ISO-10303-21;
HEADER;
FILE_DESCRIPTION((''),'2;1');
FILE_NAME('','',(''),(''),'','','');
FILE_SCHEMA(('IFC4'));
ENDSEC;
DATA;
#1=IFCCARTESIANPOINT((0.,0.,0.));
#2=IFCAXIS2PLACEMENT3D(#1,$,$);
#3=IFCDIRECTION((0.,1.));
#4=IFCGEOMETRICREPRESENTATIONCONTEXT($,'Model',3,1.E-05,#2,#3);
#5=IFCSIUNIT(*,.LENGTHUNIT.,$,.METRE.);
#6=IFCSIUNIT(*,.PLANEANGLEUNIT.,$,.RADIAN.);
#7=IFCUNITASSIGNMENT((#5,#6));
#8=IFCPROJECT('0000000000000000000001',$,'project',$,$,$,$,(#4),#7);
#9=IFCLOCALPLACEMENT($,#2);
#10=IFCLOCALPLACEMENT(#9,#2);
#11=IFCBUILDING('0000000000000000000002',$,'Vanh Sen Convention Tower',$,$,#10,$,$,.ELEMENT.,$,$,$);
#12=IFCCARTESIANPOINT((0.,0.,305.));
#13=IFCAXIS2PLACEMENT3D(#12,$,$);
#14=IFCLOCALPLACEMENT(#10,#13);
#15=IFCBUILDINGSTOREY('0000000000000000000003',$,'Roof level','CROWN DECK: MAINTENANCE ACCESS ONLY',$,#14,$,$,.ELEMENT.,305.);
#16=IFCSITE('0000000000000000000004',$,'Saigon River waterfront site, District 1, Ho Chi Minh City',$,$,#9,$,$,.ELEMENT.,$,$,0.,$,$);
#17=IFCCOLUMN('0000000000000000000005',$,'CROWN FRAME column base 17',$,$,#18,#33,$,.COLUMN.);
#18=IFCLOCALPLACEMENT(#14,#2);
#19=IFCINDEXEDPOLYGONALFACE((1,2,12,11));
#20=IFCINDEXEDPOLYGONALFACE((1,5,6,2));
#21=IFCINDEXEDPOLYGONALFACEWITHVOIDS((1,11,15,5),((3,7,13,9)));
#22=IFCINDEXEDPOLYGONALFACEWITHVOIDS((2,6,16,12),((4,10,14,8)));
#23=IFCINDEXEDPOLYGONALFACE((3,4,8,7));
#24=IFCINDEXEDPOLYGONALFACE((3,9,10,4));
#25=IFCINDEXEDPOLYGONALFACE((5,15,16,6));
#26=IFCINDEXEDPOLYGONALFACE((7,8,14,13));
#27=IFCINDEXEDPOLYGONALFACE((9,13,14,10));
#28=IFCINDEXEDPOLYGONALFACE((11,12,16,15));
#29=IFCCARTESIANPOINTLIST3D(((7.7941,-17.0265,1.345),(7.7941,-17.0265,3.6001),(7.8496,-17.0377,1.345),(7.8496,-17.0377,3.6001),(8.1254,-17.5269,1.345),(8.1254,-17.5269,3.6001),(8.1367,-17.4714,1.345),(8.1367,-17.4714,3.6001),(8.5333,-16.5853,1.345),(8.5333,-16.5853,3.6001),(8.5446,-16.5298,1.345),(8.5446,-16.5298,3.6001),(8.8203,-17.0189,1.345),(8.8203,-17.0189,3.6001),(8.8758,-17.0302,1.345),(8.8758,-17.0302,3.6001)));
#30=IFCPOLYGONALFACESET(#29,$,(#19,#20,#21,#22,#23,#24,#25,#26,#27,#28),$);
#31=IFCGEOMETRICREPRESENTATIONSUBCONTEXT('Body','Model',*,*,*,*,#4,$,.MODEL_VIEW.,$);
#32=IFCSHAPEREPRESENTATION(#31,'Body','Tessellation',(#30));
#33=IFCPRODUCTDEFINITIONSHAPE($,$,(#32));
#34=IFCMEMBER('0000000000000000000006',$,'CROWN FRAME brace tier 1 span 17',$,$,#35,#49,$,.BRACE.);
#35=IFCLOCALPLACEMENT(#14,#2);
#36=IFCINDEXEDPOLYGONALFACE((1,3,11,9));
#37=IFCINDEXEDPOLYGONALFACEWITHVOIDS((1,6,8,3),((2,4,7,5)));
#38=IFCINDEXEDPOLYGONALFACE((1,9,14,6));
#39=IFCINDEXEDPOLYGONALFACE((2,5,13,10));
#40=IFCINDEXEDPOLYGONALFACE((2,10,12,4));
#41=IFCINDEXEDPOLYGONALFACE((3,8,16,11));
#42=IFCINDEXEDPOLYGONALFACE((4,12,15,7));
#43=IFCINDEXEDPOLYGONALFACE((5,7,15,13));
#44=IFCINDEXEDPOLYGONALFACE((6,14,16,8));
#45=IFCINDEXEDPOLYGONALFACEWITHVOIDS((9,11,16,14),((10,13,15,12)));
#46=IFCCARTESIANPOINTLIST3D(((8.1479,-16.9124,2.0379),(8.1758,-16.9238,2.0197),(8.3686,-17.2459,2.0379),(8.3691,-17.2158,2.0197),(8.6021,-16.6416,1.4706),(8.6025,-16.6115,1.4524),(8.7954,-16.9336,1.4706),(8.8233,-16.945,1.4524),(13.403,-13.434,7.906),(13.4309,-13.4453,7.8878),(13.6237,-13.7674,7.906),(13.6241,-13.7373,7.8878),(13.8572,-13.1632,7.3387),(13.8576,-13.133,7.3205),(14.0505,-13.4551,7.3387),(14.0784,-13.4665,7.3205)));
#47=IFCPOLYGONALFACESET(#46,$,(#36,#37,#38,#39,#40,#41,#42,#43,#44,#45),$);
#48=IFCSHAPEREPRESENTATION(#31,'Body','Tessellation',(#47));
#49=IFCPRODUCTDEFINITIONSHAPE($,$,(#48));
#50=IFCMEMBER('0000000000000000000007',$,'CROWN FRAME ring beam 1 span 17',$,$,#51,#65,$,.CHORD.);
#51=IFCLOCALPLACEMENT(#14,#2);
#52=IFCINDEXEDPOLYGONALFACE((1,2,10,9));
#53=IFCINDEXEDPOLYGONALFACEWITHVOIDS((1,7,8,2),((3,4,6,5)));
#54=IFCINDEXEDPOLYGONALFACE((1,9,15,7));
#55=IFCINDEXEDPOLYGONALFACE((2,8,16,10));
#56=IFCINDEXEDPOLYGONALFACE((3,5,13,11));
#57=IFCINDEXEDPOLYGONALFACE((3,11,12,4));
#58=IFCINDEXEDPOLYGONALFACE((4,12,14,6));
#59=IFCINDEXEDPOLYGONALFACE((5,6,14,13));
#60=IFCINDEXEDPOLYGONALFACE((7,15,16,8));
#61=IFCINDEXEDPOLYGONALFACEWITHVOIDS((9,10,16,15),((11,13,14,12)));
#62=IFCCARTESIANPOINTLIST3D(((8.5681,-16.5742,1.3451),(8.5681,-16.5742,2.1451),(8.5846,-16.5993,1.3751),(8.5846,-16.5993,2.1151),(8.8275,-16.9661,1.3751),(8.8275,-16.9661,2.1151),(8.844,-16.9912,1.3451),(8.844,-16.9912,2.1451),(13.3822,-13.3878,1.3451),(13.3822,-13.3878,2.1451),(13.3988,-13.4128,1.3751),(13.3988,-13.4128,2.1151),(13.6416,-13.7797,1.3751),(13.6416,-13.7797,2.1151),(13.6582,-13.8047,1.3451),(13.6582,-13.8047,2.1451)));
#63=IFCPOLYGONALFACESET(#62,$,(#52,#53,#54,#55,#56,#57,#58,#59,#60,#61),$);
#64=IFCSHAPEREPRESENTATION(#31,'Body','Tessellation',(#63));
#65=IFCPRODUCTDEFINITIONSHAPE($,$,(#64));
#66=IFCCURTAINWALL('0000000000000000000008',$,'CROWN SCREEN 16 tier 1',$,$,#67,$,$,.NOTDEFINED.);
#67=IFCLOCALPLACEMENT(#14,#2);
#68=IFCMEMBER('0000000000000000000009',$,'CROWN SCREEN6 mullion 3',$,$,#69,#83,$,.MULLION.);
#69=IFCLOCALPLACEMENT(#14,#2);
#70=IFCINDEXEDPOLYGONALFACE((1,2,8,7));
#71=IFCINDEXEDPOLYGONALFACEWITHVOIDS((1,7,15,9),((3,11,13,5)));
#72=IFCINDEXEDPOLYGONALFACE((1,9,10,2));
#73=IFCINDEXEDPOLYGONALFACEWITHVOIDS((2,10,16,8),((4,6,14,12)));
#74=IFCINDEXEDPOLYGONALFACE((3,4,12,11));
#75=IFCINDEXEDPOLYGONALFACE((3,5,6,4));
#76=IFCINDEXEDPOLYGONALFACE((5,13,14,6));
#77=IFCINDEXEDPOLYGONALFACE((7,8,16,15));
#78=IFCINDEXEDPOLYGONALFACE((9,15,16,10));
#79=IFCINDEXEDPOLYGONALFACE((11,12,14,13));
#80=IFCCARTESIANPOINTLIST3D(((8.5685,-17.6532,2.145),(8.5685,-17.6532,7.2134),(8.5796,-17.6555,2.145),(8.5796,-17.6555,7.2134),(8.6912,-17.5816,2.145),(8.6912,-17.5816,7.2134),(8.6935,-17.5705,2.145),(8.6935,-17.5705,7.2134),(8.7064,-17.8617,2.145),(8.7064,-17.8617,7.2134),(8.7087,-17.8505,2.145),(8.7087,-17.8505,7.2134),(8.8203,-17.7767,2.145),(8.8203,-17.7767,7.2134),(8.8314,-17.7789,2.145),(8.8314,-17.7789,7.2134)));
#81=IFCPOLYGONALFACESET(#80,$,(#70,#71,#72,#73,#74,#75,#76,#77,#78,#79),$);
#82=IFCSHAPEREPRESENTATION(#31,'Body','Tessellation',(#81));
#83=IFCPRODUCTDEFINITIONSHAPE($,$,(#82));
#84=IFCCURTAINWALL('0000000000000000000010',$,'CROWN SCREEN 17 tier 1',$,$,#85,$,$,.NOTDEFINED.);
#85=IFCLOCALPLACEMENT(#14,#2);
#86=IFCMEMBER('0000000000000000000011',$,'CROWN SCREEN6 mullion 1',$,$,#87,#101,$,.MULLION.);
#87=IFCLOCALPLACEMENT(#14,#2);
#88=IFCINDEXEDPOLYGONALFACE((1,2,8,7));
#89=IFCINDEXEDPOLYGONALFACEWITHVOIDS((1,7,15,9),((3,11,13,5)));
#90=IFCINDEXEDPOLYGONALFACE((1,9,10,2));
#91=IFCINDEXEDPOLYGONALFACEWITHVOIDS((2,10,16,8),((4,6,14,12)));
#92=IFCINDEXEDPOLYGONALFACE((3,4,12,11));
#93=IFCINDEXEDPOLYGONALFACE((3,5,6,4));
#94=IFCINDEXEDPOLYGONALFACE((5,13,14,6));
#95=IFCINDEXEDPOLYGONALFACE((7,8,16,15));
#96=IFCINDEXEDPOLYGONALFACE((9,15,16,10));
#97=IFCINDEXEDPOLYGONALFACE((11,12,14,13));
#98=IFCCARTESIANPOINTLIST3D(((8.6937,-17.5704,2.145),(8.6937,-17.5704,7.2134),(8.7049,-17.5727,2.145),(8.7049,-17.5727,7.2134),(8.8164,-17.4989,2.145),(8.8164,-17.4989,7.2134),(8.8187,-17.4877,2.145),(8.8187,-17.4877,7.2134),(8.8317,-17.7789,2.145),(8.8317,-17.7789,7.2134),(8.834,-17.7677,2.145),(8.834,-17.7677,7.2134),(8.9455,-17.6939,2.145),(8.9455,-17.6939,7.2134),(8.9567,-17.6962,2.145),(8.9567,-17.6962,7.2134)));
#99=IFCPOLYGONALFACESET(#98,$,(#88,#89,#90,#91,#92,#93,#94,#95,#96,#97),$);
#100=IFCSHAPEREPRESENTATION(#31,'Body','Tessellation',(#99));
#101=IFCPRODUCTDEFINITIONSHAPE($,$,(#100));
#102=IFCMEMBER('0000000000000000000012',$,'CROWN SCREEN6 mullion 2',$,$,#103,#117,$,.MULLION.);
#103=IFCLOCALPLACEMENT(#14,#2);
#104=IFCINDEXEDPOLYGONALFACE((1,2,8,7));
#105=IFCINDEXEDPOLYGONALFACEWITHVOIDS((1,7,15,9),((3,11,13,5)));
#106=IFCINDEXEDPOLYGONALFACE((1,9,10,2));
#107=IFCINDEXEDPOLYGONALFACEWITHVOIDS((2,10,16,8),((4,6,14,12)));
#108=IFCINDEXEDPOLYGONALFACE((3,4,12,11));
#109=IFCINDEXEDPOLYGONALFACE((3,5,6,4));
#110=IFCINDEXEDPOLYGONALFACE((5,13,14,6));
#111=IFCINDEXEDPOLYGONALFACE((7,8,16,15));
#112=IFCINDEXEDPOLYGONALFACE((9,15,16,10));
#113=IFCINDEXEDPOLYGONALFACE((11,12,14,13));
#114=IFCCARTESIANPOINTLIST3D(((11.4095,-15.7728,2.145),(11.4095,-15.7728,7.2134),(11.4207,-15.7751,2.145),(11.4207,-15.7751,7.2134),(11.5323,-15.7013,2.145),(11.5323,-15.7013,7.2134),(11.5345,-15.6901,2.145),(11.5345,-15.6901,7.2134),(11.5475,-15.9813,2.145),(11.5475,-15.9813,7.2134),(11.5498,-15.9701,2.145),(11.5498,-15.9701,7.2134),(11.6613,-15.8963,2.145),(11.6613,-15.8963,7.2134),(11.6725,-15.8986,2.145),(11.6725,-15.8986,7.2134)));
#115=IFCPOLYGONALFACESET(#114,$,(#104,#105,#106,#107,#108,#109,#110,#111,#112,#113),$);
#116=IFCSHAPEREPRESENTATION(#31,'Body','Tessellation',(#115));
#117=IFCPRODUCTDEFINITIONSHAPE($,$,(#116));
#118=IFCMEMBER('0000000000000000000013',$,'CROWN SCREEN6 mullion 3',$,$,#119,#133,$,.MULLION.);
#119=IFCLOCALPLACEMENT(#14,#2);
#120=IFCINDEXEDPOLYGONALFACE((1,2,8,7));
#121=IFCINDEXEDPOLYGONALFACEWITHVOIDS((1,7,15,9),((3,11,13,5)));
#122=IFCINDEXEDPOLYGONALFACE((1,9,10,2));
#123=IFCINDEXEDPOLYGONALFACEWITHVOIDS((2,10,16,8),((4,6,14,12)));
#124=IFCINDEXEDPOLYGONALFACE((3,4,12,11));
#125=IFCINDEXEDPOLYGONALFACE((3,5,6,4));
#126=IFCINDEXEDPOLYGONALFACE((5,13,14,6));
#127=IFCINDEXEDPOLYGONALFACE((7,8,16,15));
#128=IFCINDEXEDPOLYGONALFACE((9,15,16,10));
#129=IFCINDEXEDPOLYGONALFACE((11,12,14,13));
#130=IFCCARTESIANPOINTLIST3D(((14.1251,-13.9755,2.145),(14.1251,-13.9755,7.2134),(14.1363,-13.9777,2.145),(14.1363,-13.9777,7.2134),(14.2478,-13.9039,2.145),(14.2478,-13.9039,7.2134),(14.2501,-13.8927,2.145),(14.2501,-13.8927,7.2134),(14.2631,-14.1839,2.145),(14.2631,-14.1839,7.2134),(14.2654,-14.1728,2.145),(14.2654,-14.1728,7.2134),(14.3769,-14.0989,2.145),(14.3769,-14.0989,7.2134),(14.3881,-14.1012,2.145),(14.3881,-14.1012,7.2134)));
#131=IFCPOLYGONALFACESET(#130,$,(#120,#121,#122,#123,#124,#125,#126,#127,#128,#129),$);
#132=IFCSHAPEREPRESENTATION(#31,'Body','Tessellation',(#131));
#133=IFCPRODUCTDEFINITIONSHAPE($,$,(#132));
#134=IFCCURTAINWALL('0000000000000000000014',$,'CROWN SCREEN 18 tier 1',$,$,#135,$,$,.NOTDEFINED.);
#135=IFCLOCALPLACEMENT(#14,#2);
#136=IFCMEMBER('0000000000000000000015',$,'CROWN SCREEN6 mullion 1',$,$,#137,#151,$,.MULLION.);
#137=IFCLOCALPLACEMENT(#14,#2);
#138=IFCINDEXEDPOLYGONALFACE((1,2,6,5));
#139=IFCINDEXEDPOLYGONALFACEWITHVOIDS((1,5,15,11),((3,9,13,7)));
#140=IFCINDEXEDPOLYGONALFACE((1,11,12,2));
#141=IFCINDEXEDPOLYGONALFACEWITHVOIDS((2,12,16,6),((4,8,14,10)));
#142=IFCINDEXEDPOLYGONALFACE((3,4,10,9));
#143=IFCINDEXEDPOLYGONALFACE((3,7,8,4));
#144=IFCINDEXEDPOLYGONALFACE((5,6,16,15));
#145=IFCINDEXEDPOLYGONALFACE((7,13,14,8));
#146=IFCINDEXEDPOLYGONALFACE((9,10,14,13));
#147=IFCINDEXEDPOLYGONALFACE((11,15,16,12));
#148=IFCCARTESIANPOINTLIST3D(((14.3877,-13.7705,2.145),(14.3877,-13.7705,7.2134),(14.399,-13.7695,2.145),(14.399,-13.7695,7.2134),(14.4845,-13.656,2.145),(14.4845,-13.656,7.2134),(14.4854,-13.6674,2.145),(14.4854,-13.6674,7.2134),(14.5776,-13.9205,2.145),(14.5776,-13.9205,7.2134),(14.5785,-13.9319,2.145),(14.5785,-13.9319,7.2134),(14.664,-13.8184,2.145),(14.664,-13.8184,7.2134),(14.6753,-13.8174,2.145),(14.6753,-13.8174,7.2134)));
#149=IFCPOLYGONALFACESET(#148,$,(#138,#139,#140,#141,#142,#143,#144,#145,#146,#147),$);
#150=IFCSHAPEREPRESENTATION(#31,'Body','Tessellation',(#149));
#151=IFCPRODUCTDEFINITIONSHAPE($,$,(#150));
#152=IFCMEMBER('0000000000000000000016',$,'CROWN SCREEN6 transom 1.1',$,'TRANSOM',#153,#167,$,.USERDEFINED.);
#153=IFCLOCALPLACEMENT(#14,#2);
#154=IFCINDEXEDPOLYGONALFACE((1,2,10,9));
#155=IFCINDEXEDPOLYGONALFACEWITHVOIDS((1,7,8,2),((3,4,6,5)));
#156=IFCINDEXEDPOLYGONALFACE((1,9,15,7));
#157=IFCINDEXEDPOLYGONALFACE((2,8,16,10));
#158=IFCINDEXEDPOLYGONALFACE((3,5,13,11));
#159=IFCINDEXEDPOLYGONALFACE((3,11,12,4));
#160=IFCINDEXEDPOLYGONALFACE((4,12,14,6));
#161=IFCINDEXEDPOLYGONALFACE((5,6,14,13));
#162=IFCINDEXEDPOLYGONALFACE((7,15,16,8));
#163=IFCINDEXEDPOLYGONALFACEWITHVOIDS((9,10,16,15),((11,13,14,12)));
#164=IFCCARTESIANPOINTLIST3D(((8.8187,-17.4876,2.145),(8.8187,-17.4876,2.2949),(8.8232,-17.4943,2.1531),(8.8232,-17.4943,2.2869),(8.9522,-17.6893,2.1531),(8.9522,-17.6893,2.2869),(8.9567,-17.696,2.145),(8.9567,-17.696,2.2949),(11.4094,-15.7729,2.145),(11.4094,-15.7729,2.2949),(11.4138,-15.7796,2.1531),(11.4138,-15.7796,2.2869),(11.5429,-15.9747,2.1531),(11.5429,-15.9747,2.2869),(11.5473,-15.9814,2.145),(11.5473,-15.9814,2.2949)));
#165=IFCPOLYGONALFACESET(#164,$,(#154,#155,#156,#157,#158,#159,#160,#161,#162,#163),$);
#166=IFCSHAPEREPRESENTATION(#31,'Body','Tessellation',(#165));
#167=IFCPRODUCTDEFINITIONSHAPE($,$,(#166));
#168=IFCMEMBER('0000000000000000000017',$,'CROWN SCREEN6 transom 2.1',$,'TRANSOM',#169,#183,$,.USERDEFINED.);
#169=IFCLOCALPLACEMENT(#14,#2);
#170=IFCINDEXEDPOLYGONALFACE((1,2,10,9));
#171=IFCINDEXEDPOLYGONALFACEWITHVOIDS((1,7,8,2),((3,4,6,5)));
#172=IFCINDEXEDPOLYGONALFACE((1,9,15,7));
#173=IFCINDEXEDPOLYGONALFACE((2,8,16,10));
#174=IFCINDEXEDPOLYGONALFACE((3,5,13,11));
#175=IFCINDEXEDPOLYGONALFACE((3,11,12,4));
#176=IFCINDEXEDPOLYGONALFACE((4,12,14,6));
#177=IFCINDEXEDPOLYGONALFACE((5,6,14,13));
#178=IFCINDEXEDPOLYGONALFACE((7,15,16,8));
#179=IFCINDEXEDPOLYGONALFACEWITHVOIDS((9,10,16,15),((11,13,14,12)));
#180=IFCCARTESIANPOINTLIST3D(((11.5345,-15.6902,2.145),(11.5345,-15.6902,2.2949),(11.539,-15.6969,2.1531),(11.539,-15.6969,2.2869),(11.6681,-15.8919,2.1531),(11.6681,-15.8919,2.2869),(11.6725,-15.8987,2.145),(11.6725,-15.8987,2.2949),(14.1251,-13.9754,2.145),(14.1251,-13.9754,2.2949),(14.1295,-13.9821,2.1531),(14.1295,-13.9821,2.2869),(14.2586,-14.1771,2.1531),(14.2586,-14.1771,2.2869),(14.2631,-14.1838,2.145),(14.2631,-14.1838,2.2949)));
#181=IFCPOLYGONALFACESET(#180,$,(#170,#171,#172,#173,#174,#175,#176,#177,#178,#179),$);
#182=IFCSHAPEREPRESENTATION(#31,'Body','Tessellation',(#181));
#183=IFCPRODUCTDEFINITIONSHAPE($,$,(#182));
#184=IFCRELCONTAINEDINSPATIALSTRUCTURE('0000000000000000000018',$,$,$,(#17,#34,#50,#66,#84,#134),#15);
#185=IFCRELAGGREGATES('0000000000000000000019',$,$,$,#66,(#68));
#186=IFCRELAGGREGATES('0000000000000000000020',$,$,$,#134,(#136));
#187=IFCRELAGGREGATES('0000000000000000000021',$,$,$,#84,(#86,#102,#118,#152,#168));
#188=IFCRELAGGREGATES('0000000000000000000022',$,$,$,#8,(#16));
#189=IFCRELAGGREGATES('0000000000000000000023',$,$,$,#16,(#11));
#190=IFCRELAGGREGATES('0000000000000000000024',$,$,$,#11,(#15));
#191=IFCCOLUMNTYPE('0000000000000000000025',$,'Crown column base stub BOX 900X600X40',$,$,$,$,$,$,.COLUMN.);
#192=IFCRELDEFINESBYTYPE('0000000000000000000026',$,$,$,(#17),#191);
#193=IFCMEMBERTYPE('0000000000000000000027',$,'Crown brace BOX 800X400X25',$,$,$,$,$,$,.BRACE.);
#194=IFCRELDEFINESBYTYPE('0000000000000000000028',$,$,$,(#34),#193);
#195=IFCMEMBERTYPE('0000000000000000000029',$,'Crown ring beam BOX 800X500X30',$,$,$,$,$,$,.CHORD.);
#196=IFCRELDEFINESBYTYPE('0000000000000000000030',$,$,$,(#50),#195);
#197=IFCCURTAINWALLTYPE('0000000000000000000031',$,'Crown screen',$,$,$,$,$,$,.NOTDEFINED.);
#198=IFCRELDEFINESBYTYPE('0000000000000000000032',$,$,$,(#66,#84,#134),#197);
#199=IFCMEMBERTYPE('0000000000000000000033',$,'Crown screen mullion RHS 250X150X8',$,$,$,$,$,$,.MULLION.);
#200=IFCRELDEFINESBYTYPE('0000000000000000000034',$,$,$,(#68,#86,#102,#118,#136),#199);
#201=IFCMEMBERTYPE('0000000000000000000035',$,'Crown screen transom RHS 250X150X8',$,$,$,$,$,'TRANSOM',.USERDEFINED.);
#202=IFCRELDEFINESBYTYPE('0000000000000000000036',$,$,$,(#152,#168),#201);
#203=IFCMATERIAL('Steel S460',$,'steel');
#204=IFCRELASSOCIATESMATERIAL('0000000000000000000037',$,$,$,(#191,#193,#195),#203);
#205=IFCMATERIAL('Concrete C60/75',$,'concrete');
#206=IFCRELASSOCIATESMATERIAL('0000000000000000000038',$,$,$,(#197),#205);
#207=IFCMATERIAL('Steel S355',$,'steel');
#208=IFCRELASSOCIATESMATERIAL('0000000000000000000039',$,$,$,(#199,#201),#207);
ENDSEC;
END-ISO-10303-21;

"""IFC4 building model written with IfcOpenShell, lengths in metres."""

from ifc_helpers import new_model, si_unit, direction, frame, origin, origin_2d, place, context, subcontext, project, spatial, hollow_rectangle, extrude, material, material_profile, profile_set, type_object, element, aggregate, save


model = new_model("IFC4")

# Units and contexts
model_context = context("Model", 3, precision=1e-05, world=origin(), true_north=direction((0.0, 1.0)))
body_context = subcontext(model_context, "Body", "Model", "MODEL_VIEW")
ifc_project = project(units=[si_unit("LENGTHUNIT", "METRE"), si_unit("PLANEANGLEUNIT", "RADIAN")], contexts=[model_context])

# Site, building, storey
site_placement = place(None, origin())
site = spatial("IfcSite", under=ifc_project, at=site_placement, Name="Saigon River waterfront site, District 1, Ho Chi Minh City", CompositionType="ELEMENT", RefElevation=0.0)
building_placement = place(site_placement, origin())
building = spatial("IfcBuilding", under=site, at=building_placement, Name="Vanh Sen Convention Tower", CompositionType="ELEMENT")
storey_placement = place(building_placement, frame((0.0, 0.0, 305.0)))
storey = spatial("IfcBuildingStorey", under=building, at=storey_placement, Name="Roof level", Description="CROWN DECK: MAINTENANCE ACCESS ONLY", CompositionType="ELEMENT", Elevation=305.0)

# Column
ifc_material_1 = material(Name="Steel S460", Category="steel")
ifc_material_profile_1 = material_profile(ifc_material_1, hollow_rectangle(XDim=0.6001, YDim=0.8999, WallThickness=0.04, at=origin_2d()), Name="BOX 900X600X40")
ifc_profile_set_1 = profile_set([ifc_material_profile_1], Name="Steel S460")
column_type = type_object("IfcColumnType", Name="Crown column base stub BOX 900X600X40", PredefinedType="COLUMN", material=ifc_profile_set_1)
column_placement = place(storey_placement, frame((8.335, -17.0283, 1.345), z_axis=(0.0, 0.0, 1.0), x_axis=(-0.551937, 0.833886, 0.0)))
element("IfcColumn", 1, at=column_placement, inside=storey, type_object=column_type, Name="CROWN FRAME column base 17", PredefinedType="COLUMN", context=body_context, shape_type="SweptSolid", body=[
    extrude(hollow_rectangle(XDim=0.6001, YDim=0.8999, WallThickness=0.04, at=origin_2d()), origin(), (0.0, 0.0, 1.0), 2.2551),
])

# Members
ifc_material_profile_2 = material_profile(ifc_material_1, hollow_rectangle(XDim=0.3999, YDim=0.8, WallThickness=0.0249, at=origin_2d()), Name="BOX 800X400X25")
ifc_profile_set_2 = profile_set([ifc_material_profile_2], Name="Steel S460")
member_type_1 = type_object("IfcMemberType", Name="Crown brace BOX 800X400X25", PredefinedType="BRACE", material=ifc_profile_set_2)
member_1_placement = place(storey_placement, frame((8.4856, -16.9287, 1.7451), z_axis=(0.610271, 0.403955, 0.681462), x_axis=(-0.551962, 0.83387, 0.0)))
element("IfcMember", 2, at=member_1_placement, inside=storey, type_object=member_type_1, Name="CROWN FRAME brace tier 1 span 17", PredefinedType="BRACE", context=body_context, shape_type="SweptSolid", body=[
    extrude(hollow_rectangle(XDim=0.3999, YDim=0.8, WallThickness=0.0249, at=origin_2d()), origin(), (0.0, 0.0, 1.0), 8.6111),
])
ifc_material_profile_3 = material_profile(ifc_material_1, hollow_rectangle(XDim=0.5, YDim=0.8, WallThickness=0.03, at=origin_2d()), Name="BOX 800X500X30")
ifc_profile_set_3 = profile_set([ifc_material_profile_3], Name="Steel S460")
member_type_2 = type_object("IfcMemberType", Name="Crown ring beam BOX 800X500X30", PredefinedType="CHORD", material=ifc_profile_set_3)
member_2_placement = place(storey_placement, frame((8.7061, -16.7827, 1.7451), z_axis=(0.83388, 0.551945, 0.0), x_axis=(-0.551945, 0.83388, 0.0)))
element("IfcMember", 3, at=member_2_placement, inside=storey, type_object=member_type_2, Name="CROWN FRAME ring beam 1 span 17", PredefinedType="CHORD", context=body_context, shape_type="SweptSolid", body=[
    extrude(hollow_rectangle(XDim=0.5, YDim=0.8, WallThickness=0.03, at=origin_2d()), origin(), (0.0, 0.0, 1.0), 5.7732),
])

# Curtain wall, member
ifc_material_2 = material(Name="Concrete C60/75", Category="concrete")
curtain_wall_type = type_object("IfcCurtainWallType", Name="Crown screen", PredefinedType="NOTDEFINED", material=ifc_material_2)
curtain_wall_1_placement = place(storey_placement, origin())
curtain_wall_1 = element("IfcCurtainWall", 4, at=curtain_wall_1_placement, inside=storey, type_object=curtain_wall_type, Name="CROWN SCREEN 16 tier 1", PredefinedType="NOTDEFINED")
ifc_material_3 = material(Name="Steel S355", Category="steel")
ifc_material_profile_4 = material_profile(ifc_material_3, hollow_rectangle(XDim=0.25, YDim=0.1499, WallThickness=0.0081, at=origin_2d()), Name="RHS 250X150X8")
ifc_profile_set_4 = profile_set([ifc_material_profile_4], Name="Steel S355")
member_type_3 = type_object("IfcMemberType", Name="Crown screen mullion RHS 250X150X8", PredefinedType="MULLION", material=ifc_profile_set_4)
member_3_placement = place(storey_placement, frame((8.7, -17.7161, 2.145), z_axis=(0.0, 0.0, 1.0), x_axis=(-0.55193, 0.83389, 0.0)))
member_3 = element("IfcMember", 5, at=member_3_placement, type_object=member_type_3, Name="CROWN SCREEN6 mullion 3", PredefinedType="MULLION", context=body_context, shape_type="SweptSolid", body=[
    extrude(hollow_rectangle(XDim=0.25, YDim=0.1499, WallThickness=0.0081, at=origin_2d()), origin(), (0.0, 0.0, 1.0), 5.0684),
])
aggregate(curtain_wall_1, [member_3])

# Curtain wall, members
curtain_wall_2_placement = place(storey_placement, origin())
curtain_wall_2 = element("IfcCurtainWall", 6, at=curtain_wall_2_placement, inside=storey, type_object=curtain_wall_type, Name="CROWN SCREEN 17 tier 1", PredefinedType="NOTDEFINED")
member_4_placement = place(storey_placement, frame((8.8252, -17.6333, 2.145), z_axis=(0.0, 0.0, 1.0), x_axis=(-0.551937, 0.833886, 0.0)))
member_4 = element("IfcMember", 7, at=member_4_placement, type_object=member_type_3, Name="CROWN SCREEN6 mullion 1", PredefinedType="MULLION", context=body_context, shape_type="SweptSolid", body=[
    extrude(hollow_rectangle(XDim=0.25, YDim=0.1499, WallThickness=0.0081, at=origin_2d()), origin(), (0.0, 0.0, 1.0), 5.0684),
])
member_5_placement = place(storey_placement, frame((11.541, -15.8357, 2.145), z_axis=(0.0, 0.0, 1.0), x_axis=(-0.551937, 0.833886, 0.0)))
member_5 = element("IfcMember", 8, at=member_5_placement, type_object=member_type_3, Name="CROWN SCREEN6 mullion 2", PredefinedType="MULLION", context=body_context, shape_type="SweptSolid", body=[
    extrude(hollow_rectangle(XDim=0.25, YDim=0.1499, WallThickness=0.0081, at=origin_2d()), origin(), (0.0, 0.0, 1.0), 5.0684),
])
member_6_placement = place(storey_placement, frame((14.2566, -14.0383, 2.145), z_axis=(0.0, 0.0, 1.0), x_axis=(-0.551937, 0.833886, 0.0)))
member_6 = element("IfcMember", 9, at=member_6_placement, type_object=member_type_3, Name="CROWN SCREEN6 mullion 3", PredefinedType="MULLION", context=body_context, shape_type="SweptSolid", body=[
    extrude(hollow_rectangle(XDim=0.25, YDim=0.1499, WallThickness=0.0081, at=origin_2d()), origin(), (0.0, 0.0, 1.0), 5.0684),
])

# Curtain wall, member
curtain_wall_3_placement = place(storey_placement, origin())
curtain_wall_3 = element("IfcCurtainWall", 10, at=curtain_wall_3_placement, inside=storey, type_object=curtain_wall_type, Name="CROWN SCREEN 18 tier 1", PredefinedType="NOTDEFINED")
member_7_placement = place(storey_placement, frame((14.5315, -13.7939, 2.145), z_axis=(0.0, 0.0, 1.0), x_axis=(-0.763535, 0.645766, 0.0)))
member_7 = element("IfcMember", 11, at=member_7_placement, type_object=member_type_3, Name="CROWN SCREEN6 mullion 1", PredefinedType="MULLION", context=body_context, shape_type="SweptSolid", body=[
    extrude(hollow_rectangle(XDim=0.25, YDim=0.1499, WallThickness=0.0081, at=origin_2d()), origin(), (0.0, 0.0, 1.0), 5.0684),
])

# Members
ifc_material_profile_5 = material_profile(ifc_material_3, hollow_rectangle(XDim=0.25, YDim=0.1499, WallThickness=0.0081, at=origin_2d()), Name="RHS 250X150X8")
ifc_profile_set_5 = profile_set([ifc_material_profile_5], Name="Steel S355")
member_type_4 = type_object("IfcMemberType", Name="Crown screen transom RHS 250X150X8", ElementType="TRANSOM", PredefinedType="USERDEFINED", material=ifc_profile_set_5)
member_8_placement = place(storey_placement, frame((8.8877, -17.5918, 2.22), z_axis=(0.833896, 0.551922, 0.0), x_axis=(-0.551922, 0.833896, 0.0)))
member_8 = element("IfcMember", 12, at=member_8_placement, type_object=member_type_4, Name="CROWN SCREEN6 transom 1.1", ObjectType="TRANSOM", PredefinedType="USERDEFINED", context=body_context, shape_type="SweptSolid", body=[
    extrude(hollow_rectangle(XDim=0.25, YDim=0.1499, WallThickness=0.0081, at=origin_2d()), origin(), (0.0, 0.0, 1.0), 3.1067),
])
member_9_placement = place(storey_placement, frame((11.6035, -15.7944, 2.22), z_axis=(0.833859, 0.551977, 0.0), x_axis=(-0.551977, 0.833859, 0.0)))
member_9 = element("IfcMember", 13, at=member_9_placement, type_object=member_type_4, Name="CROWN SCREEN6 transom 2.1", ObjectType="TRANSOM", PredefinedType="USERDEFINED", context=body_context, shape_type="SweptSolid", body=[
    extrude(hollow_rectangle(XDim=0.25, YDim=0.1499, WallThickness=0.0081, at=origin_2d()), origin(), (0.0, 0.0, 1.0), 3.1067),
])
aggregate(curtain_wall_3, [member_7])

aggregate(curtain_wall_2, [member_4, member_5, member_6, member_8, member_9])

save(model, "model.ifc")
